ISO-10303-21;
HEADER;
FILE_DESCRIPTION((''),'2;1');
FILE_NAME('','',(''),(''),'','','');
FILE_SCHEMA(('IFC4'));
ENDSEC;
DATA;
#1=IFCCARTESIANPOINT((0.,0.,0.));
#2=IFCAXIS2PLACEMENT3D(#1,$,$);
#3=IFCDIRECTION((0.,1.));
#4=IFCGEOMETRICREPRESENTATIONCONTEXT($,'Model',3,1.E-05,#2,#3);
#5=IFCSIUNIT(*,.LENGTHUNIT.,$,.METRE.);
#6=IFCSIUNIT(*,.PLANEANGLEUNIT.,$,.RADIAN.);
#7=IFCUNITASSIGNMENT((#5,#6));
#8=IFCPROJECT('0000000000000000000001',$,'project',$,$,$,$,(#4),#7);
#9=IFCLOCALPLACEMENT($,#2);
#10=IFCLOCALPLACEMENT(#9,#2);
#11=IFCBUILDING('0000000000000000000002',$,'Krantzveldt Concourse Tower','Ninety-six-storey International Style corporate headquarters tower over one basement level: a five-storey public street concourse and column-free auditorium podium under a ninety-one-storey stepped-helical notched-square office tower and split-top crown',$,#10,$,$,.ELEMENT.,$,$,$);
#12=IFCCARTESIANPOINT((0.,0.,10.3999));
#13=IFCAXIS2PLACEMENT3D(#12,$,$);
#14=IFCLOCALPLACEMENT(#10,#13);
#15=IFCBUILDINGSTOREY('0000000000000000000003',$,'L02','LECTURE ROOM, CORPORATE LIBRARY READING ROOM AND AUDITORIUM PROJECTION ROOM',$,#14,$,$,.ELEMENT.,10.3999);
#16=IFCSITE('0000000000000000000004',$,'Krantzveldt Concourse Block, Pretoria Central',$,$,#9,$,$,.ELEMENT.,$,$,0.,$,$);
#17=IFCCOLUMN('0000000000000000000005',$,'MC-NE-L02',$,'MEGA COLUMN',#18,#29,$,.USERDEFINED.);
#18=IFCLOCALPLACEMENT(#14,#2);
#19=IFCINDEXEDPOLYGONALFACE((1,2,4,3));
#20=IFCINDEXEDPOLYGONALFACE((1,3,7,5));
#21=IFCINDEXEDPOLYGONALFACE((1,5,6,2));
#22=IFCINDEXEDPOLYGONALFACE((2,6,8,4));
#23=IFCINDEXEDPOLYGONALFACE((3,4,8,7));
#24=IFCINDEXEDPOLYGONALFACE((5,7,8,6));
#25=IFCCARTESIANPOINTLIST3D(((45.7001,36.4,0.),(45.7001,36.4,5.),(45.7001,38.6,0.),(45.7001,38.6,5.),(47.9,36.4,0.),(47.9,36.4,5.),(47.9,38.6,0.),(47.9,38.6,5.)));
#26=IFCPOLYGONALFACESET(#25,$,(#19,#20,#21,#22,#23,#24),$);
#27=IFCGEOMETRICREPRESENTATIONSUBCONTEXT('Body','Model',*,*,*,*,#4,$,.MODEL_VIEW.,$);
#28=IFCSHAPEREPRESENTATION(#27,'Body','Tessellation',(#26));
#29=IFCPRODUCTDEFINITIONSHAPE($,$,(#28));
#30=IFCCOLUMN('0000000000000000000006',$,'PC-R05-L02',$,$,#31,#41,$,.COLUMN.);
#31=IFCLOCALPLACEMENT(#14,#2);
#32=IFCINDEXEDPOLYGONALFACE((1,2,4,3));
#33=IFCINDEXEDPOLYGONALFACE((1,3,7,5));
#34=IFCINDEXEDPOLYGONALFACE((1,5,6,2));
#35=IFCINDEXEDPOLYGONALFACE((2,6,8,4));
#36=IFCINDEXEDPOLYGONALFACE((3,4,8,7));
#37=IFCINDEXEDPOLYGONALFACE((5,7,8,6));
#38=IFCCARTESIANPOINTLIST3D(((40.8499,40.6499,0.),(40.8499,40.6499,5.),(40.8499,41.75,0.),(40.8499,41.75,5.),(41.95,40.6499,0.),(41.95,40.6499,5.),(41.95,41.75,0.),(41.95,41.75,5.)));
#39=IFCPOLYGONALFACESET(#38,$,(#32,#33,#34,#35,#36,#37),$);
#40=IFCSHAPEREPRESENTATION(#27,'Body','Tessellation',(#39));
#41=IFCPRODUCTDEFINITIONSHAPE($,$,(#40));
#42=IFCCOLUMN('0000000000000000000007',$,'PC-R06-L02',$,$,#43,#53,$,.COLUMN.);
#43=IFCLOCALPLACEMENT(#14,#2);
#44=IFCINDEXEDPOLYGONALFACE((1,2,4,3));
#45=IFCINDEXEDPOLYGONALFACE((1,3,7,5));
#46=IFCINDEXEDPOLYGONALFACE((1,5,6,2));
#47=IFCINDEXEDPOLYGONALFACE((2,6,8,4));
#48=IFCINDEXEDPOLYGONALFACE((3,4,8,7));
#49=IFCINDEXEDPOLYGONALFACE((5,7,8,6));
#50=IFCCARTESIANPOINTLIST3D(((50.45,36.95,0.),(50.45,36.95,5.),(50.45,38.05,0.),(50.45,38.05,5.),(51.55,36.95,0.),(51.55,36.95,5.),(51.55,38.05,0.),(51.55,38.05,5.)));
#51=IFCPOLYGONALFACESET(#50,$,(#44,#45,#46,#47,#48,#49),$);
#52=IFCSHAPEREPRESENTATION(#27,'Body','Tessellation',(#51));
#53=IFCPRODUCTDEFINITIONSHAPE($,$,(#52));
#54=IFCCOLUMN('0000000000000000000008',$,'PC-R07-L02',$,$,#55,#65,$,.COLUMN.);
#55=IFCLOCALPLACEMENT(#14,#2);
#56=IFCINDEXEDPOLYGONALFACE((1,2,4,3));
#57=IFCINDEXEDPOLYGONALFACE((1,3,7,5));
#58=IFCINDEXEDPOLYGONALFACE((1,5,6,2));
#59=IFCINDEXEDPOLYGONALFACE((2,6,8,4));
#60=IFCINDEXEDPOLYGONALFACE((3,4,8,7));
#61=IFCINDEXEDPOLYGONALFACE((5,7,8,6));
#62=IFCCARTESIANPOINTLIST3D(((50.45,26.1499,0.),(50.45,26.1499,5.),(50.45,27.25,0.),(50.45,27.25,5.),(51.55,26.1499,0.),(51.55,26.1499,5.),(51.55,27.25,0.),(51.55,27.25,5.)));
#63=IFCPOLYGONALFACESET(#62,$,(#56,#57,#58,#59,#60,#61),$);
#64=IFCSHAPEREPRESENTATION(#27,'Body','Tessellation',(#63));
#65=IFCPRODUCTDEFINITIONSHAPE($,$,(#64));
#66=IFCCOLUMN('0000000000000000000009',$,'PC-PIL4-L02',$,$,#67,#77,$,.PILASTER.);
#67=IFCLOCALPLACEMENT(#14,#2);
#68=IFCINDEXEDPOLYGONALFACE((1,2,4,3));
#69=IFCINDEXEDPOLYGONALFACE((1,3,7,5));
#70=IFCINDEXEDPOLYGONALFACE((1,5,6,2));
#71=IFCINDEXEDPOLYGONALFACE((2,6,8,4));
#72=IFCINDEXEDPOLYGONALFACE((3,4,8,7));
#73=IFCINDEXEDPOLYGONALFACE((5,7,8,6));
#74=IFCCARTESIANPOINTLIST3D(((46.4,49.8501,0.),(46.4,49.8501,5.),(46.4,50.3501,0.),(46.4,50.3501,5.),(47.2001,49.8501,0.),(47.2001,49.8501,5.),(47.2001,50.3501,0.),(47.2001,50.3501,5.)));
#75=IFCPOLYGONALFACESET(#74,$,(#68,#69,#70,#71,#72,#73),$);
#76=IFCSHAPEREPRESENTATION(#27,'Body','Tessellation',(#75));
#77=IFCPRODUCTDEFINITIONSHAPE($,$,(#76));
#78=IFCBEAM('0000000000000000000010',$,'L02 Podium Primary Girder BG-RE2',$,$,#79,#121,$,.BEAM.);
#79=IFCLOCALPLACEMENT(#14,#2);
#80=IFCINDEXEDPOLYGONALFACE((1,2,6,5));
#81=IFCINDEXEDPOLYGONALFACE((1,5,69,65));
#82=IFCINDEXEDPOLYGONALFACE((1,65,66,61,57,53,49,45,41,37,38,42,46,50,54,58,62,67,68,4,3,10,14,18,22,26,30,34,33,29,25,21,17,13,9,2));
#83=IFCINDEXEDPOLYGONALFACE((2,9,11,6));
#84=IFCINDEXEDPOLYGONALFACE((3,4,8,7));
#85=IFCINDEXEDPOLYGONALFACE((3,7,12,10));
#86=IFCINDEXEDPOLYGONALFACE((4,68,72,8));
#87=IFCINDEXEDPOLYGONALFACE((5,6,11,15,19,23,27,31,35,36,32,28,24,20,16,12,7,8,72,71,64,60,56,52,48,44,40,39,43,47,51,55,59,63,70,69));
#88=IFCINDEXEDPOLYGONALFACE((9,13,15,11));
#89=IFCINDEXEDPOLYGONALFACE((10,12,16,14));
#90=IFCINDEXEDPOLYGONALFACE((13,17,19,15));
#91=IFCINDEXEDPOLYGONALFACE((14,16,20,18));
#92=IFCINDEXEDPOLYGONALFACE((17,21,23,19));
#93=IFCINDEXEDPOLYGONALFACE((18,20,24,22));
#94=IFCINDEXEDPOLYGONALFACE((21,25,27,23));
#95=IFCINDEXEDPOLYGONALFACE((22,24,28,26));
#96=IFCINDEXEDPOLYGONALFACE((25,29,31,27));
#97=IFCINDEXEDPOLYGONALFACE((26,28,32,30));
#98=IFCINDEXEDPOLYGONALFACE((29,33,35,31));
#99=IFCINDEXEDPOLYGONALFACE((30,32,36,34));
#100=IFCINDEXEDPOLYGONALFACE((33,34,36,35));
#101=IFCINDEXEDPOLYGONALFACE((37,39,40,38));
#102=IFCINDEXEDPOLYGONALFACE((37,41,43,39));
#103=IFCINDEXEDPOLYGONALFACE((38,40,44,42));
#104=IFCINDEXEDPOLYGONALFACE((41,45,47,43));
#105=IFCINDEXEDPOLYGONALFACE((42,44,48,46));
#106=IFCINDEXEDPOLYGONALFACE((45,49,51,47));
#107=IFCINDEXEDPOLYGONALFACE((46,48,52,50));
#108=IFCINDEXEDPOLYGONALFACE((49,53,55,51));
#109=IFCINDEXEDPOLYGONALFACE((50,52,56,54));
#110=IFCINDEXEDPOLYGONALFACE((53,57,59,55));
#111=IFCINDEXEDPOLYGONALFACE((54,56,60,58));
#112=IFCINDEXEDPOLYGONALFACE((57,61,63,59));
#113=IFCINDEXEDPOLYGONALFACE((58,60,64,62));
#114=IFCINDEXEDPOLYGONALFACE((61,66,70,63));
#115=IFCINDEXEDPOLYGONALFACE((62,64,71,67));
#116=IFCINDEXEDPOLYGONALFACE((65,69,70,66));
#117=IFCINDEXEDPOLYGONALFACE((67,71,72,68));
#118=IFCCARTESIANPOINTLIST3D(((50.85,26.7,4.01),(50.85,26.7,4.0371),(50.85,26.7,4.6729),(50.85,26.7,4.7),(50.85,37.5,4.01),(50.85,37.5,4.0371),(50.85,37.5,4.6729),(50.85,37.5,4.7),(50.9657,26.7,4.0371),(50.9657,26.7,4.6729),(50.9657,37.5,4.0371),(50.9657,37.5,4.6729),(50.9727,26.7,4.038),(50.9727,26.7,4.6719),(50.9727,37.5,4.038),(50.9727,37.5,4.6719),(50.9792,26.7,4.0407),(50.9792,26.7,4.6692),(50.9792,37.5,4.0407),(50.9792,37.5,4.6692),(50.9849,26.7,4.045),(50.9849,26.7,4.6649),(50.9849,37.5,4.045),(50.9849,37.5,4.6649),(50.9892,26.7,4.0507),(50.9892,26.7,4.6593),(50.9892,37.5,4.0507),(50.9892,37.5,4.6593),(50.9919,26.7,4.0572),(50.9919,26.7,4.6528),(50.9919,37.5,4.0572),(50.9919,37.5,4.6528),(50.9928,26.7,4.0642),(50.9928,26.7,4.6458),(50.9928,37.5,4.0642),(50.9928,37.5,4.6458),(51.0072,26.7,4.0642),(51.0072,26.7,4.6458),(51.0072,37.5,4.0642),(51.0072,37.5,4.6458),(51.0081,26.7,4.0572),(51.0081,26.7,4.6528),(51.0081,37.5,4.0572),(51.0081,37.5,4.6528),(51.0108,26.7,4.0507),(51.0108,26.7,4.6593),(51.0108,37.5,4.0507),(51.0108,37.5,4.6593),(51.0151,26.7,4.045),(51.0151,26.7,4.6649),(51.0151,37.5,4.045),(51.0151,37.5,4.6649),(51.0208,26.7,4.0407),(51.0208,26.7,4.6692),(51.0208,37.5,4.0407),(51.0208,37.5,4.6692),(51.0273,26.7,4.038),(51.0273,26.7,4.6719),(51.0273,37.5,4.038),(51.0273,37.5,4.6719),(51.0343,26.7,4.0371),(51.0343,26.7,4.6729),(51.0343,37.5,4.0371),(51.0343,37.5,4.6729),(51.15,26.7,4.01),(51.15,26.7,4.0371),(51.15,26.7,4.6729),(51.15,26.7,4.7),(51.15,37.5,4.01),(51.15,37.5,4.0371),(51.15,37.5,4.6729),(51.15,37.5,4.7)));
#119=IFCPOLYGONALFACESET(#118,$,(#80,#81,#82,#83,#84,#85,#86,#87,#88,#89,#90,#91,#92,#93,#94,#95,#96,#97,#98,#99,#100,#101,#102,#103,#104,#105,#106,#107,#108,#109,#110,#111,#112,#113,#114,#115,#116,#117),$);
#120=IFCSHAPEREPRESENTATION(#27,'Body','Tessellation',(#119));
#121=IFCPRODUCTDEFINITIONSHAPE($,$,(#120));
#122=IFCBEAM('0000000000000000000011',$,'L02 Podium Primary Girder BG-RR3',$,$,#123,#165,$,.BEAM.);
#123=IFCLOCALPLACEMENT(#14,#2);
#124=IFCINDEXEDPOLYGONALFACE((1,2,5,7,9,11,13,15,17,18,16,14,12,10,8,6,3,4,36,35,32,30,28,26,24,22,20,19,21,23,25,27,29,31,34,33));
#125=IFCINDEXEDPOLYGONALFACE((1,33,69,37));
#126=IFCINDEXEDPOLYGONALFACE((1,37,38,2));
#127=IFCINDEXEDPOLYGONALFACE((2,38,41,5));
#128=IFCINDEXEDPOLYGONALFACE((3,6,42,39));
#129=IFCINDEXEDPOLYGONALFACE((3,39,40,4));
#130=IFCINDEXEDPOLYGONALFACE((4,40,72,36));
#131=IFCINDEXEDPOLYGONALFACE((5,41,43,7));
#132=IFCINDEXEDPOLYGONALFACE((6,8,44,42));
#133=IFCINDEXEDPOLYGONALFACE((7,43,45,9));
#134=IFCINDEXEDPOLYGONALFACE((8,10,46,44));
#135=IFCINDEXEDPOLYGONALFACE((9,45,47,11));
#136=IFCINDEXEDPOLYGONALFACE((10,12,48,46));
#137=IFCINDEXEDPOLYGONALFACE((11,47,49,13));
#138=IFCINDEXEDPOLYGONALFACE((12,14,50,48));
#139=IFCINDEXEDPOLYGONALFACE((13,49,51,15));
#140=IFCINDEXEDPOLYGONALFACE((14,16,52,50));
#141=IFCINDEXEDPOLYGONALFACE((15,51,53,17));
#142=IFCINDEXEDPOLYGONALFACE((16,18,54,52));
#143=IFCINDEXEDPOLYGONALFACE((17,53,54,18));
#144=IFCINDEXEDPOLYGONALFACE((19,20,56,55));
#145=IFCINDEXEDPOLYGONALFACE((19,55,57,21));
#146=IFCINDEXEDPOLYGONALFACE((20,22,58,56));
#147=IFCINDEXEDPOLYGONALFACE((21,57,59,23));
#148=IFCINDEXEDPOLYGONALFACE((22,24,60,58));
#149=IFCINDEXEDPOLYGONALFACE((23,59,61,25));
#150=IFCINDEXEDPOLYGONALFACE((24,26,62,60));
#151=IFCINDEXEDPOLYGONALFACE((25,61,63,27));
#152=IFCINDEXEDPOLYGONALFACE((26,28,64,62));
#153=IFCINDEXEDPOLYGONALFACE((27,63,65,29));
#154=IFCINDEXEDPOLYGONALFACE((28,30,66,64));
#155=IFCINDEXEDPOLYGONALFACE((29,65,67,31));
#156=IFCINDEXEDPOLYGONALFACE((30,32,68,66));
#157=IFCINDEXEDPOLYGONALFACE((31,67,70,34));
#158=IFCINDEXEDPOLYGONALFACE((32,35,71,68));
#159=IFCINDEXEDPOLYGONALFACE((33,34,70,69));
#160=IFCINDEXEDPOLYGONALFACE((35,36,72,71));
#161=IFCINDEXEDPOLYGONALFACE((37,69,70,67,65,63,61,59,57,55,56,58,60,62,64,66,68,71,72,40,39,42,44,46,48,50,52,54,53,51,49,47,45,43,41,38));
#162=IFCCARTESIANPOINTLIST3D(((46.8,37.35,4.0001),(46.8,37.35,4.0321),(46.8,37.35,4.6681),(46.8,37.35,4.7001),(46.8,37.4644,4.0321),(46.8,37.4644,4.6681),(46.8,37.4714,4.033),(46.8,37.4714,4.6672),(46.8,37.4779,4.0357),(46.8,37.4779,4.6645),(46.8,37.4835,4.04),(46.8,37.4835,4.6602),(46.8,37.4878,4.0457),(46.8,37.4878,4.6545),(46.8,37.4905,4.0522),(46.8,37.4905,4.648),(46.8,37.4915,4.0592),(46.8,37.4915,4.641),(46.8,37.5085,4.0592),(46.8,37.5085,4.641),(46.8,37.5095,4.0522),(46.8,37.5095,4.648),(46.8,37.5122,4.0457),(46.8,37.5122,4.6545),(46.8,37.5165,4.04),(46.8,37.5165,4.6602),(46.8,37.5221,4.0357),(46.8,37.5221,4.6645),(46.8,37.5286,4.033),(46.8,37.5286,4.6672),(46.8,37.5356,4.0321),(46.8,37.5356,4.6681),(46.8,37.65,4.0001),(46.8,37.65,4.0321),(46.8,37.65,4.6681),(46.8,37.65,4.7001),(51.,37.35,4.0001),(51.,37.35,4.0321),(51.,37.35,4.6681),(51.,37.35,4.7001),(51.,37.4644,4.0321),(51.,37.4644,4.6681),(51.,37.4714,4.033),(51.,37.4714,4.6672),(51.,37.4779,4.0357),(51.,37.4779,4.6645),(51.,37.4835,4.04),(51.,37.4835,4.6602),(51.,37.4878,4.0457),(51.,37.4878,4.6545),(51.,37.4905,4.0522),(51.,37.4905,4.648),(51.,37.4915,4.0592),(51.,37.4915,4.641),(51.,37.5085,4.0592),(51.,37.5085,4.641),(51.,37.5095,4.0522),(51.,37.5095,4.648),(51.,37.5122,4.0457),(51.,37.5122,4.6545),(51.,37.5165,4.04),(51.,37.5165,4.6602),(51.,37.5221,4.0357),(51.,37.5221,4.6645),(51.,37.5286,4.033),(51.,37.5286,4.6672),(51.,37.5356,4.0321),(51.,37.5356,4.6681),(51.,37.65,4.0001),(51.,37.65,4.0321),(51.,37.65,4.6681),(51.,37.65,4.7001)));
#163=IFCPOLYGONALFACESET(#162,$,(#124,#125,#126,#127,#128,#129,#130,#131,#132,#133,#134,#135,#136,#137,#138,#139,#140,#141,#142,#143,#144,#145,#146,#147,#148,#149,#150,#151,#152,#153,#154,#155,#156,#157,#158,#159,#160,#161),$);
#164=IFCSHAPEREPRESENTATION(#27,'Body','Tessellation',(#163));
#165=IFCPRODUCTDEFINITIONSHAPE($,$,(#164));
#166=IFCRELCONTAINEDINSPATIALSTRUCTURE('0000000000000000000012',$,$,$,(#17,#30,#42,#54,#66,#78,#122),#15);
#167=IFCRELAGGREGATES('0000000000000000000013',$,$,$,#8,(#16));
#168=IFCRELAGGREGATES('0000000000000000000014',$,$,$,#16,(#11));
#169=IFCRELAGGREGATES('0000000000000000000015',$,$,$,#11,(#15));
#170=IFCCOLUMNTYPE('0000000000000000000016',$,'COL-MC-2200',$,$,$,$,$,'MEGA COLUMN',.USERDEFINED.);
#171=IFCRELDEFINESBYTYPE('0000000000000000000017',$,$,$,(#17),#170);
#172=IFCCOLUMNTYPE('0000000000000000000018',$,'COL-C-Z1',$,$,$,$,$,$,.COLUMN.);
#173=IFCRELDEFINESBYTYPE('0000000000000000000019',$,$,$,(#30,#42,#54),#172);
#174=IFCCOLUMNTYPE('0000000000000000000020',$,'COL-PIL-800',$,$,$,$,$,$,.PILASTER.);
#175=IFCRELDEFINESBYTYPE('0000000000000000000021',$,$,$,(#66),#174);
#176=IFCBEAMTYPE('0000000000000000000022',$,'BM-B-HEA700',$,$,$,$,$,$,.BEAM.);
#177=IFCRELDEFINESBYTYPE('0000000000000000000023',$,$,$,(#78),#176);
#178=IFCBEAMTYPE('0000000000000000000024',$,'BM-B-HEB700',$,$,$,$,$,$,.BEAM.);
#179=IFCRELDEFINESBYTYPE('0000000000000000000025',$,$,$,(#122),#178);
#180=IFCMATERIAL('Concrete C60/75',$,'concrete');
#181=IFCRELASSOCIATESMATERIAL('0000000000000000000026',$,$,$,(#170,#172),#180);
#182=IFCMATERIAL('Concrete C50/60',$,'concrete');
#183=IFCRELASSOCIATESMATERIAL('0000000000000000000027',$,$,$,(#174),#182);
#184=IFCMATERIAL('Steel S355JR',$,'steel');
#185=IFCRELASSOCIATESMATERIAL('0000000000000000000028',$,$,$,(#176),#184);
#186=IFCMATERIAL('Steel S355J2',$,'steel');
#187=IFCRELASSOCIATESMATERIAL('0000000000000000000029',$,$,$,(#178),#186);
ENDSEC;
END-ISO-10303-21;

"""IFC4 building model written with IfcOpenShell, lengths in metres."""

from ifc_helpers import new_model, si_unit, direction, frame, origin, origin_2d, place, context, subcontext, project, spatial, rectangle, i_section, extrude, source, transform, mapped, material, material_profile, profile_set, type_object, type_shapes, element, save


model = new_model("IFC4")

# Units and contexts
model_context = context("Model", 3, precision=1e-05, world=origin(), true_north=direction((0.0, 1.0)))
body_context = subcontext(model_context, "Body", "Model", "MODEL_VIEW")
ifc_project = project(units=[si_unit("LENGTHUNIT", "METRE"), si_unit("PLANEANGLEUNIT", "RADIAN")], contexts=[model_context])

# Site, building, storey
site_placement = place(None, origin())
site = spatial("IfcSite", under=ifc_project, at=site_placement, Name="Krantzveldt Concourse Block, Pretoria Central", CompositionType="ELEMENT", RefElevation=0.0)
building_placement = place(site_placement, origin())
building = spatial("IfcBuilding", under=site, at=building_placement, Name="Krantzveldt Concourse Tower", Description="Ninety-six-storey International Style corporate headquarters tower over one basement level: a five-storey public street concourse and column-free auditorium podium under a ninety-one-storey stepped-helical notched-square office tower and split-top crown", CompositionType="ELEMENT")
storey_placement = place(building_placement, frame((0.0, 0.0, 10.3999)))
storey = spatial("IfcBuildingStorey", under=building, at=storey_placement, Name="L02", Description="LECTURE ROOM, CORPORATE LIBRARY READING ROOM AND AUDITORIUM PROJECTION ROOM", CompositionType="ELEMENT", Elevation=10.3999)

# Columns
ifc_material_1 = material(Name="Concrete C60/75", Category="concrete")
ifc_material_profile_1 = material_profile(ifc_material_1, rectangle(XDim=2.2, YDim=2.2, at=origin_2d()), Name="Concrete C60/75", Category="concrete")
ifc_profile_set_1 = profile_set([ifc_material_profile_1], Name="Concrete C60/75 - RC 2200x2200")
column_type_1 = type_object("IfcColumnType", Name="COL-MC-2200", ElementType="MEGA COLUMN", PredefinedType="USERDEFINED", material=ifc_profile_set_1)
shared_shape_1 = source(origin(), body_context, "Body", "SweptSolid", [
    extrude(rectangle(XDim=2.2, YDim=2.2, at=origin_2d()), origin(), (0.0, 0.0, 1.0), 5.0),
])
type_shapes(column_type_1, [shared_shape_1])
column_1_placement = place(storey_placement, frame((46.8, 37.5, 0.0), z_axis=(0.0, 0.0, 1.0), x_axis=(1.0, 0.0, 0.0)))
element("IfcColumn", 1, at=column_1_placement, inside=storey, type_object=column_type_1, Name="MC-NE-L02", ObjectType="MEGA COLUMN", PredefinedType="USERDEFINED", context=body_context, shape_type="MappedRepresentation", body=[
    mapped(shared_shape_1, transform((0.0, 0.0, 0.0), x_axis=(1.0, 0.0, 0.0), y_axis=(0.0, 1.0, 0.0), z_axis=(0.0, 0.0, 1.0), scale=1.0)),
])
ifc_material_profile_2 = material_profile(ifc_material_1, rectangle(XDim=1.1001, YDim=1.1001, at=origin_2d()), Name="Concrete C60/75", Category="concrete")
ifc_profile_set_2 = profile_set([ifc_material_profile_2], Name="Concrete C60/75 - RC 1100x1100")
column_type_2 = type_object("IfcColumnType", Name="COL-C-Z1", PredefinedType="COLUMN", material=ifc_profile_set_2)
shared_shape_2 = source(origin(), body_context, "Body", "SweptSolid", [
    extrude(rectangle(XDim=1.1001, YDim=1.1001, at=origin_2d()), origin(), (0.0, 0.0, 1.0), 5.0),
])
type_shapes(column_type_2, [shared_shape_2])
for number, where, z_axis, x_axis, name in (
    (2, (41.3999, 41.2, 0.0), (0.0, 0.0, 1.0), (1.0, 0.0, 0.0), "PC-R05-L02"),
    (3, (51.0, 37.5, 0.0), (0.0, 0.0, 1.0), (1.0, 0.0, 0.0), "PC-R06-L02"),
    (4, (51.0, 26.7, 0.0), (0.0, 0.0, 1.0), (1.0, 0.0, 0.0), "PC-R07-L02"),
):
    element("IfcColumn", number, at=place(storey_placement, frame(where, z_axis=z_axis, x_axis=x_axis)), inside=storey, type_object=column_type_2, Name=name, PredefinedType="COLUMN", context=body_context, shape_type="MappedRepresentation", body=[
        mapped(shared_shape_2, transform((0.0, 0.0, 0.0), x_axis=(1.0, 0.0, 0.0), y_axis=(0.0, 1.0, 0.0), z_axis=(0.0, 0.0, 1.0), scale=1.0)),
    ])
ifc_material_2 = material(Name="Concrete C50/60", Category="concrete")
ifc_material_profile_3 = material_profile(ifc_material_2, rectangle(XDim=0.8, YDim=0.5, at=origin_2d()), Name="Concrete C50/60", Category="concrete")
ifc_profile_set_3 = profile_set([ifc_material_profile_3], Name="Concrete C50/60 - RC-PIL 800x500")
column_type_3 = type_object("IfcColumnType", Name="COL-PIL-800", PredefinedType="PILASTER", material=ifc_profile_set_3)
shared_shape_3 = source(origin(), body_context, "Body", "SweptSolid", [
    extrude(rectangle(XDim=0.8, YDim=0.5, at=origin_2d()), origin(), (0.0, 0.0, 1.0), 5.0),
])
type_shapes(column_type_3, [shared_shape_3])
column_2_placement = place(storey_placement, frame((46.8, 50.1001, 0.0), z_axis=(0.0, 0.0, 1.0), x_axis=(1.0, 0.0, 0.0)))
element("IfcColumn", 5, at=column_2_placement, inside=storey, type_object=column_type_3, Name="PC-PIL4-L02", PredefinedType="PILASTER", context=body_context, shape_type="MappedRepresentation", body=[
    mapped(shared_shape_3, transform((0.0, 0.0, 0.0), x_axis=(1.0, 0.0, 0.0), y_axis=(0.0, 1.0, 0.0), z_axis=(0.0, 0.0, 1.0), scale=1.0)),
])

# Beams
ifc_material_3 = material(Name="Steel S355JR", Category="steel")
ifc_material_profile_4 = material_profile(ifc_material_3, i_section(OverallWidth=0.3, OverallDepth=0.6899, WebThickness=0.0144, FlangeThickness=0.0271, FilletRadius=0.0271, at=origin_2d()), Name="Steel S355JR", Category="steel")
ifc_profile_set_4 = profile_set([ifc_material_profile_4], Name="Steel S355JR - HEA 700")
beam_type_1 = type_object("IfcBeamType", Name="BM-B-HEA700", PredefinedType="BEAM", material=ifc_profile_set_4)
shared_shape_4 = source(origin(), body_context, "Body", "SweptSolid", [
    extrude(i_section(OverallWidth=0.3, OverallDepth=0.6899, WebThickness=0.0144, FlangeThickness=0.0271, FilletRadius=0.0271, at=origin_2d()), origin(), (0.0, 0.0, 1.0), 10.8),
])
beam_1_placement = place(storey_placement, frame((51.0, 26.7, 4.355), z_axis=(0.0, 1.0, 0.0), x_axis=(-1.0, 0.0, 0.0)))
element("IfcBeam", 6, at=beam_1_placement, inside=storey, type_object=beam_type_1, Name="L02 Podium Primary Girder BG-RE2", PredefinedType="BEAM", context=body_context, shape_type="MappedRepresentation", body=[
    mapped(shared_shape_4, transform((0.0, 0.0, 0.0), x_axis=(1.0, 0.0, 0.0), y_axis=(0.0, 1.0, 0.0), z_axis=(0.0, 0.0, 1.0), scale=1.0)),
])
ifc_material_4 = material(Name="Steel S355J2", Category="steel")
ifc_material_profile_5 = material_profile(ifc_material_4, i_section(OverallWidth=0.3, OverallDepth=0.7, WebThickness=0.0171, FlangeThickness=0.032, FilletRadius=0.0271, at=origin_2d()), Name="Steel S355J2", Category="steel")
ifc_profile_set_5 = profile_set([ifc_material_profile_5], Name="Steel S355J2 - HEB 700")
beam_type_2 = type_object("IfcBeamType", Name="BM-B-HEB700", PredefinedType="BEAM", material=ifc_profile_set_5)
shared_shape_5 = source(origin(), body_context, "Body", "SweptSolid", [
    extrude(i_section(OverallWidth=0.3, OverallDepth=0.7, WebThickness=0.0171, FlangeThickness=0.032, FilletRadius=0.0271, at=origin_2d()), origin(), (0.0, 0.0, 1.0), 4.2),
])
type_shapes(beam_type_2, [shared_shape_5])
beam_2_placement = place(storey_placement, frame((46.8, 37.5, 4.3501), z_axis=(1.0, 0.0, 0.0), x_axis=(0.0, 1.0, 0.0)))
element("IfcBeam", 7, at=beam_2_placement, inside=storey, type_object=beam_type_2, Name="L02 Podium Primary Girder BG-RR3", PredefinedType="BEAM", context=body_context, shape_type="MappedRepresentation", body=[
    mapped(shared_shape_5, transform((0.0, 0.0, 0.0), x_axis=(1.0, 0.0, 0.0), y_axis=(0.0, 1.0, 0.0), z_axis=(0.0, 0.0, 1.0), scale=1.0)),
])

save(model, "model.ifc")
